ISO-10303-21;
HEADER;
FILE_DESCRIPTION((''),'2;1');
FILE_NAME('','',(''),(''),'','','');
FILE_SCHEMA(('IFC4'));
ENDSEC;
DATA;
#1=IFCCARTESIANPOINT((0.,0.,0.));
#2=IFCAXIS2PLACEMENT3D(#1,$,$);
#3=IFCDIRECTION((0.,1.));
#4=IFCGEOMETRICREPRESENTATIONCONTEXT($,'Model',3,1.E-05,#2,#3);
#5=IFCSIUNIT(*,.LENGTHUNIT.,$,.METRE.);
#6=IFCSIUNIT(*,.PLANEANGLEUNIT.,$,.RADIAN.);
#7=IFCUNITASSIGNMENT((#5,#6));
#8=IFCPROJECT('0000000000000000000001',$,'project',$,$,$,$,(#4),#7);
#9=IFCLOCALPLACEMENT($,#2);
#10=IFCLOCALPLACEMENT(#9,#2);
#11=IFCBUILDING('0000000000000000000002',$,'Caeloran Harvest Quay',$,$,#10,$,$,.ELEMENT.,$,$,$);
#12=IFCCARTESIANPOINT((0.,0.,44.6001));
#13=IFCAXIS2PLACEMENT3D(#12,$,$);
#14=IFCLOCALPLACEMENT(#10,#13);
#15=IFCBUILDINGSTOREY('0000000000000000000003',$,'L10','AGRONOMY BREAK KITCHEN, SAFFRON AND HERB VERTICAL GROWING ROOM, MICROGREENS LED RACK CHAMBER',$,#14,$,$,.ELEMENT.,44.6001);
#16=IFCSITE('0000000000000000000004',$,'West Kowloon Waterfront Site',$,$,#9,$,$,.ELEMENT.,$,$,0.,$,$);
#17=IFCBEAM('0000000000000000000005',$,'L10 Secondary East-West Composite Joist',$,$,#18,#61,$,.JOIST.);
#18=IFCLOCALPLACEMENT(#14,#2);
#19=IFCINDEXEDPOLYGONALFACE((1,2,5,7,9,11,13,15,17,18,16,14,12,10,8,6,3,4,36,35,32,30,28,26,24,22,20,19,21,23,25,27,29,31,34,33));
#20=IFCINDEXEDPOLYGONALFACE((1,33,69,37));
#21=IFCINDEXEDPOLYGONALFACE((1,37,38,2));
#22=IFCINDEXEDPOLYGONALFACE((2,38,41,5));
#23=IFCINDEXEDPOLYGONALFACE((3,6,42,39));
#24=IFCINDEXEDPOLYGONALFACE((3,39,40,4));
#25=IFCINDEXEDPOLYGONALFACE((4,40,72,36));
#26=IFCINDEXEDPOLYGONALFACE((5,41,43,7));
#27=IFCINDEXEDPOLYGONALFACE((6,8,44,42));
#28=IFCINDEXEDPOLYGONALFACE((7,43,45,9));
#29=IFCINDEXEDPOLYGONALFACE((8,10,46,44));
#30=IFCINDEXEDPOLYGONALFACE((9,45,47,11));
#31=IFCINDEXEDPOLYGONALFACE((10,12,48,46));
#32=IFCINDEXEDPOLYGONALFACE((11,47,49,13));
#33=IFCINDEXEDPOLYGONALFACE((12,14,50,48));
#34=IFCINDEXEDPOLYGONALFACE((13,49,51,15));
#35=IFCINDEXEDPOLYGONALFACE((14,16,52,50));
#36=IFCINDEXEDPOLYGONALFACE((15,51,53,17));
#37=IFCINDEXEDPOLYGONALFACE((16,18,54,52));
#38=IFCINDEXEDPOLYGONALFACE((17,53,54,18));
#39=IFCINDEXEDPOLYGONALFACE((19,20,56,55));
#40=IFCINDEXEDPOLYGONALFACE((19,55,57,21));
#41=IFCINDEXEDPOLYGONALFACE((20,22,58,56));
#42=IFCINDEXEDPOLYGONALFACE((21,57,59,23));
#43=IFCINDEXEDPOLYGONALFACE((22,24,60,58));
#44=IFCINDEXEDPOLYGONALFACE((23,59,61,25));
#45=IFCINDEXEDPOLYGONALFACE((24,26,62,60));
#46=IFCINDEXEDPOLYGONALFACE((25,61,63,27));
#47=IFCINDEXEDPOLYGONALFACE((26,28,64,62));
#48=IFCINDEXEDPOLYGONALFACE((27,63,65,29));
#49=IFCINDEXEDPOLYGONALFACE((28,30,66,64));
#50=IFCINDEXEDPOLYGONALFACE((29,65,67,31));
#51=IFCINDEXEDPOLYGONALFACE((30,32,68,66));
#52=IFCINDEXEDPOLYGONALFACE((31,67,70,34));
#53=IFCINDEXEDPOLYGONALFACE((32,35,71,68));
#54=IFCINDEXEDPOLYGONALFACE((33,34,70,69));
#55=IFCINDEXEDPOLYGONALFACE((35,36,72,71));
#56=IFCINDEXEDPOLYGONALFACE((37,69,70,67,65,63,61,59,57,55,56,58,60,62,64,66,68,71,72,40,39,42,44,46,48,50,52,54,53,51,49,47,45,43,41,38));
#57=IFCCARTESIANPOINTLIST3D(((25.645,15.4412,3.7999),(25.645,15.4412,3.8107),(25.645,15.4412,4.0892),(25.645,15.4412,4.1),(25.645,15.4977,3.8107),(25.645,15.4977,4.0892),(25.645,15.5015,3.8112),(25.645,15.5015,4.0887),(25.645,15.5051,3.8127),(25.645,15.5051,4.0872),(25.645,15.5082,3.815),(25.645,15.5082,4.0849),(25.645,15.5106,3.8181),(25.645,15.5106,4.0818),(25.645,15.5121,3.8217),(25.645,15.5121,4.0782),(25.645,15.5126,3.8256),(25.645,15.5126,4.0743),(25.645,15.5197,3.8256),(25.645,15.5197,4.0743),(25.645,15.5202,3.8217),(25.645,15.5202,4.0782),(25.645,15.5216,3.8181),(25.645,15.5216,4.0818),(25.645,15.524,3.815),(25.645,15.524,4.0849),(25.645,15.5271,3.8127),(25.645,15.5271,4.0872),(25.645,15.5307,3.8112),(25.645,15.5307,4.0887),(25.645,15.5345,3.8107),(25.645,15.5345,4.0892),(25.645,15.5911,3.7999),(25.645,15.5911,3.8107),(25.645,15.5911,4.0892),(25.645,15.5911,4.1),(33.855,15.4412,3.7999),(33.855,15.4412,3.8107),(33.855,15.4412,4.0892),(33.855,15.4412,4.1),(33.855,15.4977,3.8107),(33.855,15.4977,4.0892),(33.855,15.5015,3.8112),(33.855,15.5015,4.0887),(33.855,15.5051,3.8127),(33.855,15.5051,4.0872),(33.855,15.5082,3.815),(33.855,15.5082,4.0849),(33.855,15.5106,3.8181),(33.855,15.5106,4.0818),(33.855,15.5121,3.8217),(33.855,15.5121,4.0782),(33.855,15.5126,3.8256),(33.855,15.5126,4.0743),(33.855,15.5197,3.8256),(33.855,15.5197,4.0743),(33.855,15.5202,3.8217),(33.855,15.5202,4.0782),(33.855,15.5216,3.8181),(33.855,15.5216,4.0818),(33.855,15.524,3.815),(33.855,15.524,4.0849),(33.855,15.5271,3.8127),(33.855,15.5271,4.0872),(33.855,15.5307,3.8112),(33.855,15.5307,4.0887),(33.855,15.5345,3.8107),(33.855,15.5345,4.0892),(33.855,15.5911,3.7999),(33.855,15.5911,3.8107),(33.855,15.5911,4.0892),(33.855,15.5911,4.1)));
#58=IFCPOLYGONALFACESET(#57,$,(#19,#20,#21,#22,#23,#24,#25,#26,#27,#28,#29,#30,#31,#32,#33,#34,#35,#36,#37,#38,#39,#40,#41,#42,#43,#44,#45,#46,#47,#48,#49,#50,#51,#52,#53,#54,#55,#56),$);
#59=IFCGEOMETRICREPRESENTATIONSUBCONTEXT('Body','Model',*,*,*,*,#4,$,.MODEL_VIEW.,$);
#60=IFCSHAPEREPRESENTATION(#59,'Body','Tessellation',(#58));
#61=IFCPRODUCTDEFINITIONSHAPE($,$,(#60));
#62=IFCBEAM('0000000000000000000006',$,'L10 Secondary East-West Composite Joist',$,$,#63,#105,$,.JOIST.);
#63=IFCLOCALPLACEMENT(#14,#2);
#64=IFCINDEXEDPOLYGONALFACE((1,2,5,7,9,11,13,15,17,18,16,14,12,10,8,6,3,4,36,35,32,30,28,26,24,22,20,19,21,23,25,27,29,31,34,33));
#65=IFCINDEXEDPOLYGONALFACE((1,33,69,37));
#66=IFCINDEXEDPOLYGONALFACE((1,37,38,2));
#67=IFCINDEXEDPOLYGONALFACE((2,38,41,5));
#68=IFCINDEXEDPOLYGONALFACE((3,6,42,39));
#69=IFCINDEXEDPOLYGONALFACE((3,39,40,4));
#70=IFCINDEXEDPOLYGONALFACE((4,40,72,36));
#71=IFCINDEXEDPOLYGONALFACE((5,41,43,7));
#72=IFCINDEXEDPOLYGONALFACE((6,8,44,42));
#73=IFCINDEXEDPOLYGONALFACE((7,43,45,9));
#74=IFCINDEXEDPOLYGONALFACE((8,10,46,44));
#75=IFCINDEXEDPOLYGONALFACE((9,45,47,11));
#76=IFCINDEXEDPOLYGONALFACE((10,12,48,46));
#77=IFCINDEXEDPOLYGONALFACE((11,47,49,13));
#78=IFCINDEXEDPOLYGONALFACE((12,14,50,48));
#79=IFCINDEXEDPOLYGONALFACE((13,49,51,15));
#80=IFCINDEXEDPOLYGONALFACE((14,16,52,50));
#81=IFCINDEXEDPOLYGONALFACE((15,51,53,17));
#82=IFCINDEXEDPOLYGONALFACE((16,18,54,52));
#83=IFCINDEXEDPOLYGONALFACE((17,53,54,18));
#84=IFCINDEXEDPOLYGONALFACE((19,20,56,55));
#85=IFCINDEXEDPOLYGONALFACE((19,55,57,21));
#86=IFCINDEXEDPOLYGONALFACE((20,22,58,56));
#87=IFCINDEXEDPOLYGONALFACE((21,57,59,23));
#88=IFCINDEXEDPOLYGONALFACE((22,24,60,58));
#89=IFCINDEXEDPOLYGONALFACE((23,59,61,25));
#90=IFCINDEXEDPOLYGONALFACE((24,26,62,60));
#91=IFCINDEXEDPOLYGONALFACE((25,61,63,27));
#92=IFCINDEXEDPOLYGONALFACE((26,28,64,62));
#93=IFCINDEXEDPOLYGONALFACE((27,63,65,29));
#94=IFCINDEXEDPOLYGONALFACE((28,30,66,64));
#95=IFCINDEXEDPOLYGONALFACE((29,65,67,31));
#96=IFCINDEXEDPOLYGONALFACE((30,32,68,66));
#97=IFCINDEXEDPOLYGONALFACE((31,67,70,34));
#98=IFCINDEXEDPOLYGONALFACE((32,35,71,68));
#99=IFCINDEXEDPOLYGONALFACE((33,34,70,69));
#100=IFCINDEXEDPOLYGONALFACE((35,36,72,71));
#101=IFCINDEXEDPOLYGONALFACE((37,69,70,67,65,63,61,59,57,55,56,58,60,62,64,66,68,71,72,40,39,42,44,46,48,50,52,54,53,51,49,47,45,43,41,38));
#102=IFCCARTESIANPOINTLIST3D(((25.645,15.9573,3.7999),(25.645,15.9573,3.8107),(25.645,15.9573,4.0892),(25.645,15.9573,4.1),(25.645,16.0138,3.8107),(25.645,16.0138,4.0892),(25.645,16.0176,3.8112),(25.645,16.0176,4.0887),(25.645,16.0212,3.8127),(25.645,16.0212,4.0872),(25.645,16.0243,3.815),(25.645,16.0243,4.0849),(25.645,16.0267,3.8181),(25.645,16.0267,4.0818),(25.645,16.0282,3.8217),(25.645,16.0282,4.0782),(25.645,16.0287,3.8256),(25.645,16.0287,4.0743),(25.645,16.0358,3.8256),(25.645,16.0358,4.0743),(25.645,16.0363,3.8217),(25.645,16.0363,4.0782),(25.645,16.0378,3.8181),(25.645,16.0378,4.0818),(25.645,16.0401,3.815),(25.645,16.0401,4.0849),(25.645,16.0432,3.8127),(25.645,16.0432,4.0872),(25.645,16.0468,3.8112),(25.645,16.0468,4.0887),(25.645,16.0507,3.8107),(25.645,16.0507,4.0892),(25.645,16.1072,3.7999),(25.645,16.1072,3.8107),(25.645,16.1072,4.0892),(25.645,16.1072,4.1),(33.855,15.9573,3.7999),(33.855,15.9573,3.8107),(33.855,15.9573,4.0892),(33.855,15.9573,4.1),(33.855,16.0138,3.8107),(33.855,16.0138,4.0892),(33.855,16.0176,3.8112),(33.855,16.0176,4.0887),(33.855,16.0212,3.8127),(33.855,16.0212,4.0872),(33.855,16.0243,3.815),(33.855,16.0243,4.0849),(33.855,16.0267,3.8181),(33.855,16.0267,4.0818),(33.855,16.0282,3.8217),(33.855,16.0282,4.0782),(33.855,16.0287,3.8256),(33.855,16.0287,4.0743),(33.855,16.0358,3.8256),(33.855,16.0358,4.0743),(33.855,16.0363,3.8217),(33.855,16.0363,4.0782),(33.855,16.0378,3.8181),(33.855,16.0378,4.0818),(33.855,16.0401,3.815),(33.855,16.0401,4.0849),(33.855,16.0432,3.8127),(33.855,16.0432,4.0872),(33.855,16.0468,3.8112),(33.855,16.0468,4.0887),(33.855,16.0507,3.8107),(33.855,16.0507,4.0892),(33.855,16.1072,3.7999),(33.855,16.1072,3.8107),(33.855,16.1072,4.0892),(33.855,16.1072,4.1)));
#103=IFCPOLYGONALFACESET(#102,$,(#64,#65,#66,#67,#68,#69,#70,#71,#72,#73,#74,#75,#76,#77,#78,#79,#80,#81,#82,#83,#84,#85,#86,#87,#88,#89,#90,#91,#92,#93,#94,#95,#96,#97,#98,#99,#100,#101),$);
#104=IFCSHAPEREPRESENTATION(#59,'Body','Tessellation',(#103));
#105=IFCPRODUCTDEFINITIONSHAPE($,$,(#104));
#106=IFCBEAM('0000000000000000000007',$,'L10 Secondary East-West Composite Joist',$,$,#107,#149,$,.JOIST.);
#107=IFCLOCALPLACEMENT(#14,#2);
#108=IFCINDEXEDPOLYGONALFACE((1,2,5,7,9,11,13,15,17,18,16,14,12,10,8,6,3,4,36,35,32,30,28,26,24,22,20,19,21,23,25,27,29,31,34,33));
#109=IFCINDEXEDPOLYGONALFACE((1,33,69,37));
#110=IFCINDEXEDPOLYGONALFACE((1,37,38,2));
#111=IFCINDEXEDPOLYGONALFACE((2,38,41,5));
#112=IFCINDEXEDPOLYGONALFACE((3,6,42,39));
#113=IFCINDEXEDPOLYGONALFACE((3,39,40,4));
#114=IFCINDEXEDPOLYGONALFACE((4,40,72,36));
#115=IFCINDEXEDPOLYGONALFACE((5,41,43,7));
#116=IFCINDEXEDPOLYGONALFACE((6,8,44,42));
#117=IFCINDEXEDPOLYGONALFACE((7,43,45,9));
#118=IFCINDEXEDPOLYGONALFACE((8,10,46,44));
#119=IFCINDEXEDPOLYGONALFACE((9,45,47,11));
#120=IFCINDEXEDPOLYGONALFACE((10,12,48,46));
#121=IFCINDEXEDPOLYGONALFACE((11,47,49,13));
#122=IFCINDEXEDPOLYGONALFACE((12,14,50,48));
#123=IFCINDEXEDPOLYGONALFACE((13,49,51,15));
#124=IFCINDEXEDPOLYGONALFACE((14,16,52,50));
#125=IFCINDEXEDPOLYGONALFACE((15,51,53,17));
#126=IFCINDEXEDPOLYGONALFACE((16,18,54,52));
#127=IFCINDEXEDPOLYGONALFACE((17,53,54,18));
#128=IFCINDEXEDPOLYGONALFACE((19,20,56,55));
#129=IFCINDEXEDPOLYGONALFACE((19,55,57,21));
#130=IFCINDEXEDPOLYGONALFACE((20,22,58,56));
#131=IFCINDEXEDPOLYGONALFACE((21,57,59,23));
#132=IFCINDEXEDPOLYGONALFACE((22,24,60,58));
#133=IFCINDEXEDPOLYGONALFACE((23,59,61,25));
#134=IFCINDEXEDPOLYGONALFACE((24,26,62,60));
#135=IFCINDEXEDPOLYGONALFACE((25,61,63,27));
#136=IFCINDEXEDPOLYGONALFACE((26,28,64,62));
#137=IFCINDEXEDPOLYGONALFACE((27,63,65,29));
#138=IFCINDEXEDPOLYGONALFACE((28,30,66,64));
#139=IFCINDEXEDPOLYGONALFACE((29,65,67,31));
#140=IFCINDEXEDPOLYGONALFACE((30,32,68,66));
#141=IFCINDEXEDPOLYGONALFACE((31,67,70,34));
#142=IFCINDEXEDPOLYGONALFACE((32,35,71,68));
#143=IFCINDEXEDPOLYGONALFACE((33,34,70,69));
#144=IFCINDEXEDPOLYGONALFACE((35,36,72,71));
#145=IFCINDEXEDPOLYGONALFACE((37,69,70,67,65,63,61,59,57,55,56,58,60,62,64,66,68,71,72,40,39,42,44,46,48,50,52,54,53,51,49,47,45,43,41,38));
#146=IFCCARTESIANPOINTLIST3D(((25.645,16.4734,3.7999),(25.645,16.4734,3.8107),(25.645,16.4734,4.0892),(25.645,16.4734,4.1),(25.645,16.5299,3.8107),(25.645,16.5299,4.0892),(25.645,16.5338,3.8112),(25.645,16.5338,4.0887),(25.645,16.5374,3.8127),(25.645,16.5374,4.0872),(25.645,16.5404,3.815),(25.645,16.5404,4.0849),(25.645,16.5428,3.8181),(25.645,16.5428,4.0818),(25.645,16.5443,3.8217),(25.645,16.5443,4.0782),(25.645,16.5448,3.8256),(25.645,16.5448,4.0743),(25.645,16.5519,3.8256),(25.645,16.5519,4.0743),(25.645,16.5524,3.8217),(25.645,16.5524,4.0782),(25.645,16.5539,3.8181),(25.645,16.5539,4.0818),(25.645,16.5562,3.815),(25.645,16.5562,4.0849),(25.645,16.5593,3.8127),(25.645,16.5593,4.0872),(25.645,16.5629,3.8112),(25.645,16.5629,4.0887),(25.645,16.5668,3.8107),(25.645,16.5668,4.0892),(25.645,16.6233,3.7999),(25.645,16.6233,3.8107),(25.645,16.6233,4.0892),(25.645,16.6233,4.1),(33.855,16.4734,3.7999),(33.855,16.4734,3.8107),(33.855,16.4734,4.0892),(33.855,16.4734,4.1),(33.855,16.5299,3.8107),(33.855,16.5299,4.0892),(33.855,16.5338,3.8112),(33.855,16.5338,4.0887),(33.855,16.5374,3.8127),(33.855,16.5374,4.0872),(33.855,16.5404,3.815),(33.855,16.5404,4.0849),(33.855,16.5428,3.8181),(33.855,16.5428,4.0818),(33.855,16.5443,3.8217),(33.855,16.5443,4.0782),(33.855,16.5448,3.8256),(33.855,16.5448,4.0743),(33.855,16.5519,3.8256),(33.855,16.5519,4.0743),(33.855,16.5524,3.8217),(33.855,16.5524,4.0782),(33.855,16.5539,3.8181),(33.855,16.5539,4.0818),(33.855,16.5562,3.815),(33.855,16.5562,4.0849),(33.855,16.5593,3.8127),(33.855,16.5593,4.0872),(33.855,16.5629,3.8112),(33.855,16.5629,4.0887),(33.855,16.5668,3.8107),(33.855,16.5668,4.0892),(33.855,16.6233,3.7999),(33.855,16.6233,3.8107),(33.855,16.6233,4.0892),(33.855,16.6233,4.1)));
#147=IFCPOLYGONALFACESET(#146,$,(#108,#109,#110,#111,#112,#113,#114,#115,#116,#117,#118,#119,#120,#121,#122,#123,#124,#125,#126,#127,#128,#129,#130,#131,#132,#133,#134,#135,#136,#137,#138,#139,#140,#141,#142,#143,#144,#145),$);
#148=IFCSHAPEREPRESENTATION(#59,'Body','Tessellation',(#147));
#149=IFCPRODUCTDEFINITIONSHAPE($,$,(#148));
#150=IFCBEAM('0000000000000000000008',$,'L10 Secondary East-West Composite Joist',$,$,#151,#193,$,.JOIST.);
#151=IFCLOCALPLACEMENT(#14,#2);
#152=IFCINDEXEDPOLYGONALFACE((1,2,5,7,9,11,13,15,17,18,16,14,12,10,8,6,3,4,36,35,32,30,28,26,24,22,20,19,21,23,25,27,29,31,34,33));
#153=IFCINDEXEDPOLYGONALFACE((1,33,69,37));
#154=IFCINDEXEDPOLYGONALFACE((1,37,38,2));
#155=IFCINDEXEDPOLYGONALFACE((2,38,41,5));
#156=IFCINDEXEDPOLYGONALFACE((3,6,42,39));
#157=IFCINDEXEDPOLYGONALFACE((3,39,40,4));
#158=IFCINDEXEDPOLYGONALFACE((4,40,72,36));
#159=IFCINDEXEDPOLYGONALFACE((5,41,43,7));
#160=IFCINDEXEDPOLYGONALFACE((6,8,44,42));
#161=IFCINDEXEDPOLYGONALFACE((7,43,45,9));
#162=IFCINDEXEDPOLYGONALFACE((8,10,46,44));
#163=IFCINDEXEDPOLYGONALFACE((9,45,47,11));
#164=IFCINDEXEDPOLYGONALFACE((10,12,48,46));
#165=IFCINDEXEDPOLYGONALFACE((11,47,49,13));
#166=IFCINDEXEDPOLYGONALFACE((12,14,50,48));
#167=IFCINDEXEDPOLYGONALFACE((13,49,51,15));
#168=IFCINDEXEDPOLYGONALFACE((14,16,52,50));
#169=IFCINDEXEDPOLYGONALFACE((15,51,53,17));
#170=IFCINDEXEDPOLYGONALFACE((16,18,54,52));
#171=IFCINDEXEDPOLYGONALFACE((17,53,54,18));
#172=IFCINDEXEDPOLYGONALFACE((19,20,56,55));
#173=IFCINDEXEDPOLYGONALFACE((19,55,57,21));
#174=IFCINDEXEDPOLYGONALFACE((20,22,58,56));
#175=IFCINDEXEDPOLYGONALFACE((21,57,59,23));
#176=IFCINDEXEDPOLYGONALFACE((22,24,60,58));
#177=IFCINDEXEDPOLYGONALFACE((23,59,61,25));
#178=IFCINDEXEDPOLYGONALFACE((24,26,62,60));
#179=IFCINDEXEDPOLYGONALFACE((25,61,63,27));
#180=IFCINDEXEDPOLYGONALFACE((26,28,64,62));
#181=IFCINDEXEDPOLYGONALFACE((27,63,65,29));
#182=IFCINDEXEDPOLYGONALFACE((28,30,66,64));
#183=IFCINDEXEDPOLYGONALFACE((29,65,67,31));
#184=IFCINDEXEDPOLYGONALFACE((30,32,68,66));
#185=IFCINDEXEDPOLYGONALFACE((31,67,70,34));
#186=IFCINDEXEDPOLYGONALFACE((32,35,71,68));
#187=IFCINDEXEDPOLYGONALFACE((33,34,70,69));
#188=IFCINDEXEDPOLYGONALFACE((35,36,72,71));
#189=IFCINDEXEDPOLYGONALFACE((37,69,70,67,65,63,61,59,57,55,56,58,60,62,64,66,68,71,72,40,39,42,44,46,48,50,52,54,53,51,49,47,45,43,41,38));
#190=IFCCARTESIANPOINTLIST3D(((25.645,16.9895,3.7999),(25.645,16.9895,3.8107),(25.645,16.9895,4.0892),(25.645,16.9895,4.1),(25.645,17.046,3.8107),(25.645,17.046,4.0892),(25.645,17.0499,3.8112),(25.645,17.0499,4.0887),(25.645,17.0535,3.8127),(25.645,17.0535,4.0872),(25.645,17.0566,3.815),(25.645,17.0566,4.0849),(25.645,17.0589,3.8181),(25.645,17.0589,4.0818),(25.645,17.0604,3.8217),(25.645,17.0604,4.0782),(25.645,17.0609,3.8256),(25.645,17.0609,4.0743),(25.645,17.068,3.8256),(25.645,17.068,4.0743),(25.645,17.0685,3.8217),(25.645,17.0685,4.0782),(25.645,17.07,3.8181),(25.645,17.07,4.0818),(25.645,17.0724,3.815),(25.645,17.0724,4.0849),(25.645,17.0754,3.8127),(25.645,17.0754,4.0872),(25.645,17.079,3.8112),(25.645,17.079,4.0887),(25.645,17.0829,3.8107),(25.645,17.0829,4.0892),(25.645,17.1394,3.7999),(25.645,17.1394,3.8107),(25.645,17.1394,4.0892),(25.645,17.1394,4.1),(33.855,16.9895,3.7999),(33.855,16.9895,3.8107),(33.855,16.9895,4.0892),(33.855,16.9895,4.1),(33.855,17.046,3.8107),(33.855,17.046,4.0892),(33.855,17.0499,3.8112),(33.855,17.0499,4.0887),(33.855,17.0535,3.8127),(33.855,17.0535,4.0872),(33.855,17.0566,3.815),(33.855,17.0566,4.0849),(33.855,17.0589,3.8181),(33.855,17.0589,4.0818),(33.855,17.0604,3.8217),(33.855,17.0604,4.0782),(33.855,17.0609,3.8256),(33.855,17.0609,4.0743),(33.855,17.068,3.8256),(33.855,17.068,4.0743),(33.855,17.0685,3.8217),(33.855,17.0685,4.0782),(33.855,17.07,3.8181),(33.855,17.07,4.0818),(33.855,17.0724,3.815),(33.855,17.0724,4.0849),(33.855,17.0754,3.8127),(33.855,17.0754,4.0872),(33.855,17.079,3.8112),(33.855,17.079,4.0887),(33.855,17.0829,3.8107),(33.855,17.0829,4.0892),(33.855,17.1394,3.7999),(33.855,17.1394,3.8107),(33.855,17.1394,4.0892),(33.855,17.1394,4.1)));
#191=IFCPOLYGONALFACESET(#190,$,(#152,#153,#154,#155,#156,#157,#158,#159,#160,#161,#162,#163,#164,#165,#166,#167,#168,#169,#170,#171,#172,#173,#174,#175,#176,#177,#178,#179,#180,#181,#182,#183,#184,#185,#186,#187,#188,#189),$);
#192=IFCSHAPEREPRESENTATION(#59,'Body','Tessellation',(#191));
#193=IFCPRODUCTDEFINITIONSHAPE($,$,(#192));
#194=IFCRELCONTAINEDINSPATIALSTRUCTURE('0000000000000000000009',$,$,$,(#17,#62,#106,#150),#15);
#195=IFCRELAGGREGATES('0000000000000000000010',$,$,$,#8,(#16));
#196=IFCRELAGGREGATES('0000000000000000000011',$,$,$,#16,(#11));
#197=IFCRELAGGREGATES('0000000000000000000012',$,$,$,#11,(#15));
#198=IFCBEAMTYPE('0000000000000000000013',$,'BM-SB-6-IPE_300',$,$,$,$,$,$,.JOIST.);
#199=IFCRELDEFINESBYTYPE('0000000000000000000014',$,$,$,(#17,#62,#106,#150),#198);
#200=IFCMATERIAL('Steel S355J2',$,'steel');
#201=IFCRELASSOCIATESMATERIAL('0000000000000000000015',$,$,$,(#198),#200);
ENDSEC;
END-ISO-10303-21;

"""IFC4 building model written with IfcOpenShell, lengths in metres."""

from ifc_helpers import new_model, si_unit, direction, frame, origin, origin_2d, place, context, subcontext, project, spatial, i_section, extrude, material, material_profile, profile_set, type_object, element, save


model = new_model("IFC4")

# Units and contexts
model_context = context("Model", 3, precision=1e-05, world=origin(), true_north=direction((0.0, 1.0)))
body_context = subcontext(model_context, "Body", "Model", "MODEL_VIEW")
ifc_project = project(units=[si_unit("LENGTHUNIT", "METRE"), si_unit("PLANEANGLEUNIT", "RADIAN")], contexts=[model_context])

# Site, building, storey
site_placement = place(None, origin())
site = spatial("IfcSite", under=ifc_project, at=site_placement, Name="West Kowloon Waterfront Site", CompositionType="ELEMENT", RefElevation=0.0)
building_placement = place(site_placement, origin())
building = spatial("IfcBuilding", under=site, at=building_placement, Name="Caeloran Harvest Quay", CompositionType="ELEMENT")
storey_placement = place(building_placement, frame((0.0, 0.0, 44.6001)))
storey = spatial("IfcBuildingStorey", under=building, at=storey_placement, Name="L10", Description="AGRONOMY BREAK KITCHEN, SAFFRON AND HERB VERTICAL GROWING ROOM, MICROGREENS LED RACK CHAMBER", CompositionType="ELEMENT", Elevation=44.6001)

# Beams
ifc_material_1 = material(Name="Steel S355J2", Category="steel")
ifc_material_profile_1 = material_profile(ifc_material_1, i_section(OverallWidth=0.1499, OverallDepth=0.3, WebThickness=0.0071, FlangeThickness=0.0107, FilletRadius=0.0149, at=origin_2d()), Name="IPE 300")
ifc_profile_set_1 = profile_set([ifc_material_profile_1], Name="Steel S355J2")
beam_type_1 = type_object("IfcBeamType", Name="BM-SB-6-IPE_300", PredefinedType="JOIST", material=ifc_profile_set_1)
for number, where, z_axis, x_axis, name in (
    (1, (25.645, 15.5161, 3.95), (1.0, 0.0, 0.0), (0.0, 1.0, 0.0), "L10 Secondary East-West Composite Joist"),
    (2, (25.645, 16.0322, 3.95), (1.0, 0.0, 0.0), (0.0, 1.0, 0.0), "L10 Secondary East-West Composite Joist"),
    (3, (25.645, 16.5483, 3.95), (1.0, 0.0, 0.0), (0.0, 1.0, 0.0), "L10 Secondary East-West Composite Joist"),
    (4, (25.645, 17.0645, 3.95), (1.0, 0.0, 0.0), (0.0, 1.0, 0.0), "L10 Secondary East-West Composite Joist"),
):
    element("IfcBeam", number, at=place(storey_placement, frame(where, z_axis=z_axis, x_axis=x_axis)), inside=storey, type_object=beam_type_1, Name=name, PredefinedType="JOIST", context=body_context, shape_type="SweptSolid", body=[
        extrude(i_section(OverallWidth=0.1499, OverallDepth=0.3, WebThickness=0.0071, FlangeThickness=0.0107, FilletRadius=0.0149, at=origin_2d()), origin(), (0.0, 0.0, 1.0), 8.21),
    ])

save(model, "model.ifc")
